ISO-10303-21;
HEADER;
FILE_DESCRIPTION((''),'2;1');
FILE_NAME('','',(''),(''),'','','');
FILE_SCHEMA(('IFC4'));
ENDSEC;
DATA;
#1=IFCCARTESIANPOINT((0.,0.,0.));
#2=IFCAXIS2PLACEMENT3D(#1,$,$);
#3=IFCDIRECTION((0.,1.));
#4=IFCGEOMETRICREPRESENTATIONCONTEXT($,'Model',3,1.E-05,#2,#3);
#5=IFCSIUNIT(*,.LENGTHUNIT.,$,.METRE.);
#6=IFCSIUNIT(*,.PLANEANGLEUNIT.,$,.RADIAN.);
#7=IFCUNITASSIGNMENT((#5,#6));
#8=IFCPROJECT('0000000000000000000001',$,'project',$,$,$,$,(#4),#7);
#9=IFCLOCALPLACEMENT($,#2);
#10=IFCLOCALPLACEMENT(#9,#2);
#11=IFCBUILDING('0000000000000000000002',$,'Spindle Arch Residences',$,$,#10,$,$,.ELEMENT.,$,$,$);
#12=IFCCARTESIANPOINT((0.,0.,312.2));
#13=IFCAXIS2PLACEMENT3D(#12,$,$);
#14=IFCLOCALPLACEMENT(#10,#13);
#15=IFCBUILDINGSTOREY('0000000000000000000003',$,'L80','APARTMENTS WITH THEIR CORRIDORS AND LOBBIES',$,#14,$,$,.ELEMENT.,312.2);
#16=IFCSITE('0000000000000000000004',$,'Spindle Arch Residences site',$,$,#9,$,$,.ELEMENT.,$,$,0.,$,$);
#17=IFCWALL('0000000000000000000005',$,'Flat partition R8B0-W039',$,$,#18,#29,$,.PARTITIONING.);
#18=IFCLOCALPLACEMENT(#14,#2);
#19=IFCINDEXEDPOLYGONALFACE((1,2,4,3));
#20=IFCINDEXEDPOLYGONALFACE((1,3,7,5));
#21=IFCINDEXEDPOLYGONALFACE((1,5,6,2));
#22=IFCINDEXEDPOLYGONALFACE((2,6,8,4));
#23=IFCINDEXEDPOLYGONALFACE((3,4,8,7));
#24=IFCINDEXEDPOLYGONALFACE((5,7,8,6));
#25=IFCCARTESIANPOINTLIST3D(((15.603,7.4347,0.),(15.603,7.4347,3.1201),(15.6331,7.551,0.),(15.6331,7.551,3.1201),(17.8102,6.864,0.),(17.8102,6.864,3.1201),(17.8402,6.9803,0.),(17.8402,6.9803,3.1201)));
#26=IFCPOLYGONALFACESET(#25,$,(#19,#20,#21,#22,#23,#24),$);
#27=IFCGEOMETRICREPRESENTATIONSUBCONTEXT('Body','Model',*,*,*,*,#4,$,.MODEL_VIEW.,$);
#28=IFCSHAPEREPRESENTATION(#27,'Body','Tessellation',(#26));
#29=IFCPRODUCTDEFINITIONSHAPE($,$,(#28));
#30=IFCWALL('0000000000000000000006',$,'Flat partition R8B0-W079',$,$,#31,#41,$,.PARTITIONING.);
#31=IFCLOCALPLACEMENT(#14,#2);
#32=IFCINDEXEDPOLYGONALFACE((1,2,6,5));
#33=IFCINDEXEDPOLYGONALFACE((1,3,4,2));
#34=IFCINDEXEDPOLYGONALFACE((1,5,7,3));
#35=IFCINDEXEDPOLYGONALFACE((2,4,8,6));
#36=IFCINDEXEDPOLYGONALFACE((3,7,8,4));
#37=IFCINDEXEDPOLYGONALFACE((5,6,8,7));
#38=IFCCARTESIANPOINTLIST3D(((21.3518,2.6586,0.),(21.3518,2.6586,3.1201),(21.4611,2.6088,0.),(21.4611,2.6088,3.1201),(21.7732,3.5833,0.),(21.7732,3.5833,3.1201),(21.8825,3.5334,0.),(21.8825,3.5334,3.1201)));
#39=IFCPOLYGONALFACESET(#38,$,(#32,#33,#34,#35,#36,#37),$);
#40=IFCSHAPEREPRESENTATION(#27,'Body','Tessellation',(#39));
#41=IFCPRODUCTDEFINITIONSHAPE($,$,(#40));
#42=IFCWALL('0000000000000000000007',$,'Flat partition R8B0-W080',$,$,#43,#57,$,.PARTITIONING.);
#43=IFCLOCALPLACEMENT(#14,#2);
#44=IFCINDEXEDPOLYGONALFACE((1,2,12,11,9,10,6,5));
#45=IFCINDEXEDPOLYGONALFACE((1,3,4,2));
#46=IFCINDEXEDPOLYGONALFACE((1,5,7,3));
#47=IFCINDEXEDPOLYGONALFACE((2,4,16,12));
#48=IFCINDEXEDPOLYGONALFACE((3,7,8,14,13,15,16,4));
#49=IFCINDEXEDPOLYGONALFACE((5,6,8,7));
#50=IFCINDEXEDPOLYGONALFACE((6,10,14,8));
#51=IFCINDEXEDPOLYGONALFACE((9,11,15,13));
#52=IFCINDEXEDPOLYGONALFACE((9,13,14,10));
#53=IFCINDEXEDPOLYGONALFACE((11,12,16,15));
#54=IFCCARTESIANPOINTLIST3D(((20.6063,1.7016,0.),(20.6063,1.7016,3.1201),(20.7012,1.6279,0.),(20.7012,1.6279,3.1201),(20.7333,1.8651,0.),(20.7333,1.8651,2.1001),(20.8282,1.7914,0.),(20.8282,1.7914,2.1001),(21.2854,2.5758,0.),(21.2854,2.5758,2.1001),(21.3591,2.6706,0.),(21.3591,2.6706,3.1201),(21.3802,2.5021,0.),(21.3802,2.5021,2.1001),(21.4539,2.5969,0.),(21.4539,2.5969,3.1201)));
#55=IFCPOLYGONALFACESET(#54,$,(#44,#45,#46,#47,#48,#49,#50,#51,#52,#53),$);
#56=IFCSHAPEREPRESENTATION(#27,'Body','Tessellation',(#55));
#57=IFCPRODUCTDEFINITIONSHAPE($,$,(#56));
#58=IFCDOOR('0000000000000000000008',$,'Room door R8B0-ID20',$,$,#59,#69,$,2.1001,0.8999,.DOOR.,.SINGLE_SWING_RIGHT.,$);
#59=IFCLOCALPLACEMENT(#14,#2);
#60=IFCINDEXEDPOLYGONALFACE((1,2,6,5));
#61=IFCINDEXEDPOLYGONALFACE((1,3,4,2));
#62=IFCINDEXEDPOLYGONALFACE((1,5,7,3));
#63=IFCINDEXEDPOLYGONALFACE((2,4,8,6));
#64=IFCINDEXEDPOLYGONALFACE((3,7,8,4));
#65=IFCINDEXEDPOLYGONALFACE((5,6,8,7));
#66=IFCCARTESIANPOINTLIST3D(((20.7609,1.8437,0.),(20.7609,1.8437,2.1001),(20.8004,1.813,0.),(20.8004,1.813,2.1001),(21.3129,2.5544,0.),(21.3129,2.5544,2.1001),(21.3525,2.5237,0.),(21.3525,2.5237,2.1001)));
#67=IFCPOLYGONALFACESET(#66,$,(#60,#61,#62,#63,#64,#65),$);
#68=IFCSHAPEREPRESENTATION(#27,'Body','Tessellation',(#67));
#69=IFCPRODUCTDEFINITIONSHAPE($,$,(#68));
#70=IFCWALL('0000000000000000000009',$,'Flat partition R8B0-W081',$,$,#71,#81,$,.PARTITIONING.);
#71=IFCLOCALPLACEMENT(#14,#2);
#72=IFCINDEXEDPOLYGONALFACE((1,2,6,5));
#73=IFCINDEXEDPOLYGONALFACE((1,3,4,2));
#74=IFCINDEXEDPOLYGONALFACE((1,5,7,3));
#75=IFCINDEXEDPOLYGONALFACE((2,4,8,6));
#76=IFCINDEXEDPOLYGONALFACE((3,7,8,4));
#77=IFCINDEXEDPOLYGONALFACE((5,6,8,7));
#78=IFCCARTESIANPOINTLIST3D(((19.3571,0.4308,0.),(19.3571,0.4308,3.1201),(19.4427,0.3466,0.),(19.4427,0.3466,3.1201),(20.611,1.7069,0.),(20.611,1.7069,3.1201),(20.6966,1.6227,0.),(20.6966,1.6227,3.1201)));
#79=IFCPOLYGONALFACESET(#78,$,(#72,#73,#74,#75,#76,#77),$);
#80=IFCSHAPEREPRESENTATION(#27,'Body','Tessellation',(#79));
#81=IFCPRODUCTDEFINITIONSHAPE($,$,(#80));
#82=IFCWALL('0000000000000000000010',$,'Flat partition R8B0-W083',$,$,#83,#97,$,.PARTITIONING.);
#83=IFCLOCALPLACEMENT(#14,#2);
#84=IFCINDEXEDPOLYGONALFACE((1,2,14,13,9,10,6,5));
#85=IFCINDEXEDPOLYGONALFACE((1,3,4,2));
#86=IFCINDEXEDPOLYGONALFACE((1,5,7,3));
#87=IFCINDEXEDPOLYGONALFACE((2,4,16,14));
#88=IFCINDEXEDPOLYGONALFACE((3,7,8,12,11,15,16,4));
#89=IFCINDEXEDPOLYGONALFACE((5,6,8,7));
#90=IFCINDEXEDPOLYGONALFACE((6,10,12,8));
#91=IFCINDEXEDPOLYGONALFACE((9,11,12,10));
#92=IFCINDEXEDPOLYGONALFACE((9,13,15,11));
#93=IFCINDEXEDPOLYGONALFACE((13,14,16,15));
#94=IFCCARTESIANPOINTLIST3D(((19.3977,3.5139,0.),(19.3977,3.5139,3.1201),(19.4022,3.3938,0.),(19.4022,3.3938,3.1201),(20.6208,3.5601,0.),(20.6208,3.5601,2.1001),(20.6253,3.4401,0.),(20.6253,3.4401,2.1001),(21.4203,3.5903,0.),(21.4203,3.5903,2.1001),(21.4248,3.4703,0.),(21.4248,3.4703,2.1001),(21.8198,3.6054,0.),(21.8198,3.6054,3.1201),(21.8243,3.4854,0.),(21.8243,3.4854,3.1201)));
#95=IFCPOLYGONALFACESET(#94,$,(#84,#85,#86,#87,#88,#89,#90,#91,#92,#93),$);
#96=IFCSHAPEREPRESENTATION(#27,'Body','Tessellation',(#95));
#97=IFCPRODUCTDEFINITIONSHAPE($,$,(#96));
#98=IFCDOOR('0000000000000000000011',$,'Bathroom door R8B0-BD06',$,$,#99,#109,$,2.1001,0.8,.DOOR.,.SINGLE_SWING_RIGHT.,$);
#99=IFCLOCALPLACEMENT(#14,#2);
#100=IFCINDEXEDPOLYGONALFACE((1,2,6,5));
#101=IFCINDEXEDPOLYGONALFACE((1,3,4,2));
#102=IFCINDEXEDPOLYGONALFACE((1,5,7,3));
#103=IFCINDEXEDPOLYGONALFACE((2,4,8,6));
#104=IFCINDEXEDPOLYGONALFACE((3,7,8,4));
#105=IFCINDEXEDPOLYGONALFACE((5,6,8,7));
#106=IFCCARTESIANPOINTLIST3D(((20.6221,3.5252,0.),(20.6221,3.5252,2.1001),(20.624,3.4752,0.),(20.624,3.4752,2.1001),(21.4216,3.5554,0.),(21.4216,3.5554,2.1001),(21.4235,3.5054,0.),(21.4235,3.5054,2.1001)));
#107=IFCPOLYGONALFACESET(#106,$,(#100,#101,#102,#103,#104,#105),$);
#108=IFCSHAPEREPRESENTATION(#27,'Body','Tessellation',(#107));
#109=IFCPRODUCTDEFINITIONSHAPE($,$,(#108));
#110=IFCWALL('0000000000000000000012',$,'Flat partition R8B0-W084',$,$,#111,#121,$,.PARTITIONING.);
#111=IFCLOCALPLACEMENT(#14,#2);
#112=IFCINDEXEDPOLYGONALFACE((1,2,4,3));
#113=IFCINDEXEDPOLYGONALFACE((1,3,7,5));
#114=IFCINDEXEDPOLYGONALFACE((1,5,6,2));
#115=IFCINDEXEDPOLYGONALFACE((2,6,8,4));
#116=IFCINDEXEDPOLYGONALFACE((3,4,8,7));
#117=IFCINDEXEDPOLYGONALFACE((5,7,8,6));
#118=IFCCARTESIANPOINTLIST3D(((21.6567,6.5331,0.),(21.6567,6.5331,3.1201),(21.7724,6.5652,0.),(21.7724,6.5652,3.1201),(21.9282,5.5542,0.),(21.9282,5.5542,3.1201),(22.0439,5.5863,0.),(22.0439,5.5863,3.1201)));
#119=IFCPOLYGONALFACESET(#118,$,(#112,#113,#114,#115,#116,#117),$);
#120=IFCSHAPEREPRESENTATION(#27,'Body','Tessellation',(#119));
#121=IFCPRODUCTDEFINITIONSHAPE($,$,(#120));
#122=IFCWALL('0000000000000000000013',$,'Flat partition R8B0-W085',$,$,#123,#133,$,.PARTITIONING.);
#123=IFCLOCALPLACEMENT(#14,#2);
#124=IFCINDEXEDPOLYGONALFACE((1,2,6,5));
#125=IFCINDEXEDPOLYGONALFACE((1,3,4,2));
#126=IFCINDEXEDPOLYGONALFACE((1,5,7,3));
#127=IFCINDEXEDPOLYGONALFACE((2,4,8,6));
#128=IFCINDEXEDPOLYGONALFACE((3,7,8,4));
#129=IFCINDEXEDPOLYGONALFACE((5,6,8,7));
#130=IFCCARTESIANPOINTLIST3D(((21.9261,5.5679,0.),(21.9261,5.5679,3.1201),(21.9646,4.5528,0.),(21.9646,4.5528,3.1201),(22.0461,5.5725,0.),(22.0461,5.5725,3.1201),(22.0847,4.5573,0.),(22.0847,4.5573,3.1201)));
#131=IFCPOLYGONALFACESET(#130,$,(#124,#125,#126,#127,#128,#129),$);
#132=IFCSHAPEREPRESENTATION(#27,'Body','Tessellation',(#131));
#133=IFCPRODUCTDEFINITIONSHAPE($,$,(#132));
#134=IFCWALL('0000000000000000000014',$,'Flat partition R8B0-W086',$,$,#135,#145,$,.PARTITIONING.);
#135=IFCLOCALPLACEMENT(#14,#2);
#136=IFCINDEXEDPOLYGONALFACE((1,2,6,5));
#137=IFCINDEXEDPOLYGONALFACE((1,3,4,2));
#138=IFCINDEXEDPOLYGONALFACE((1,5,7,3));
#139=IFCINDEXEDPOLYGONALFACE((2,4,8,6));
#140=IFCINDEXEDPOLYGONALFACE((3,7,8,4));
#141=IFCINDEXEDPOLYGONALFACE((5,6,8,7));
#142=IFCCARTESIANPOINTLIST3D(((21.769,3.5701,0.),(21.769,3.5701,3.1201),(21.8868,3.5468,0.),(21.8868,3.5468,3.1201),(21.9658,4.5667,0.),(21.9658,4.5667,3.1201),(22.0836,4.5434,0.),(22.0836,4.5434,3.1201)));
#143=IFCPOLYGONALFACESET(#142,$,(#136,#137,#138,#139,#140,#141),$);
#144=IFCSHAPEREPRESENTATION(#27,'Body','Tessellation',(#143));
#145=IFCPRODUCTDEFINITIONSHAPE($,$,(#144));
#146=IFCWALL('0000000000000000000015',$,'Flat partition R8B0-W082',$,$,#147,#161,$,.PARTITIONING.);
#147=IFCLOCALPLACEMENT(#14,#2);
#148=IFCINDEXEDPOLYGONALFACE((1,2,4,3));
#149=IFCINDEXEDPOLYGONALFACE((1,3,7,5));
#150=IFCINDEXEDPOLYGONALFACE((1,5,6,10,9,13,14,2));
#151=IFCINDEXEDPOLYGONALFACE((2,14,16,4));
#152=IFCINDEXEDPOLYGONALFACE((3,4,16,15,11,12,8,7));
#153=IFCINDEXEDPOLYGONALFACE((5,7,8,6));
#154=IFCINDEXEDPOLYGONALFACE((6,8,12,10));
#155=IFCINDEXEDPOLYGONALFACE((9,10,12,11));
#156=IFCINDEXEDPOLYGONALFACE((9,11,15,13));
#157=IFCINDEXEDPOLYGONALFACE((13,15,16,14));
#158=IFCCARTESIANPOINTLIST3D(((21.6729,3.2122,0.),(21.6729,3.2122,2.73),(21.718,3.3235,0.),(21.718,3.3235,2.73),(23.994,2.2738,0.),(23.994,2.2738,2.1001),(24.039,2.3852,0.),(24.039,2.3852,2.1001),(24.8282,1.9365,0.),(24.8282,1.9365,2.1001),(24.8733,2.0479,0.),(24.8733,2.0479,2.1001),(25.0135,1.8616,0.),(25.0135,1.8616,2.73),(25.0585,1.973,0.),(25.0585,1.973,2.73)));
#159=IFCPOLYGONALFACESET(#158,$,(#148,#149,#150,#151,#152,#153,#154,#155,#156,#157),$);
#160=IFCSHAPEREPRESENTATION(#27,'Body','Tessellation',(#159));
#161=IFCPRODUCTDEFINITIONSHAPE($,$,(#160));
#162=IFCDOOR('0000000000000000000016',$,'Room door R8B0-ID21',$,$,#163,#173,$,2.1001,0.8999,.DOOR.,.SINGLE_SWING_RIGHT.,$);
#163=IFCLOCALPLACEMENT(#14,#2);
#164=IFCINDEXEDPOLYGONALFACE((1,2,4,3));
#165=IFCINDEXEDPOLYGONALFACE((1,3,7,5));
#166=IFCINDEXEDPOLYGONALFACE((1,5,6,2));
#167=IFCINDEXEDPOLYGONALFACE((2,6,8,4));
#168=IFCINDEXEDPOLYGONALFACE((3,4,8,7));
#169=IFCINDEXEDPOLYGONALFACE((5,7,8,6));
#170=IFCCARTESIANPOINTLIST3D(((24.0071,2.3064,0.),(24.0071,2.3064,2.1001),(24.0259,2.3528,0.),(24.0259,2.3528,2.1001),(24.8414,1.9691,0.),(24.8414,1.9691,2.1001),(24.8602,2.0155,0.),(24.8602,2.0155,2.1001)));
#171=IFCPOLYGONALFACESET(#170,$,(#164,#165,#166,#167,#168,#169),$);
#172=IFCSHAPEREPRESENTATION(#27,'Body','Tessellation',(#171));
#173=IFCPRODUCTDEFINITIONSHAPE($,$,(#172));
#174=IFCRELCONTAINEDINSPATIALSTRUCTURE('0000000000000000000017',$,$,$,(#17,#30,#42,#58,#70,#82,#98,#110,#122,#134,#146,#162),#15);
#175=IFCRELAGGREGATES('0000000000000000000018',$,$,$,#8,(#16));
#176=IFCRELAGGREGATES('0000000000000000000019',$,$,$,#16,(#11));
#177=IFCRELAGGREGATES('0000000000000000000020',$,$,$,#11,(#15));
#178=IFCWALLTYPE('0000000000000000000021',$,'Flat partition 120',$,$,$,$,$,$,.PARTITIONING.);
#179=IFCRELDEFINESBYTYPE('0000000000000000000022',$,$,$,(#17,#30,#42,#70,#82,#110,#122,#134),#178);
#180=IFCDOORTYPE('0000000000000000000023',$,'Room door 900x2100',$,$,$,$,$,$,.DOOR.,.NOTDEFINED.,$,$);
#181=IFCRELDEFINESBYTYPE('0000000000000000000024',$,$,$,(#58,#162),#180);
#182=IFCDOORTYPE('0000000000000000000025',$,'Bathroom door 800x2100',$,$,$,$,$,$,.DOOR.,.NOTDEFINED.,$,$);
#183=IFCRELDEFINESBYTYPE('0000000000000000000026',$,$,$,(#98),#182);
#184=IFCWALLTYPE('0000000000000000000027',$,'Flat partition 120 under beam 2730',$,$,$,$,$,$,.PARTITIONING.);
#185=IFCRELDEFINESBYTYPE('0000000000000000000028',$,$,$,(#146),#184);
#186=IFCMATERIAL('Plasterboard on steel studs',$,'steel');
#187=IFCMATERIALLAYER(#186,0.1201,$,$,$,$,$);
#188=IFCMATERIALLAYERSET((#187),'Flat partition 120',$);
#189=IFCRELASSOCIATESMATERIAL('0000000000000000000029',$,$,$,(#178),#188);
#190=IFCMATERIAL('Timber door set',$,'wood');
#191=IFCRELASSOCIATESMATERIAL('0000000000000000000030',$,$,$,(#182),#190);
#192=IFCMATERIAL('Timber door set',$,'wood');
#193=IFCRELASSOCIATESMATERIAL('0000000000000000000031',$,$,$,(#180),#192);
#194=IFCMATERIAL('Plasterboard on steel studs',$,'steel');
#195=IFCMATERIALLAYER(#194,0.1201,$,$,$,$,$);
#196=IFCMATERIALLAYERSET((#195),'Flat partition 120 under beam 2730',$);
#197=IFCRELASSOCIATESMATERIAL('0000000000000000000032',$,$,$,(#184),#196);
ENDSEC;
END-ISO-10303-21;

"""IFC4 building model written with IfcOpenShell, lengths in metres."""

from ifc_helpers import new_model, si_unit, direction, frame, frame_2d, origin, place, context, subcontext, project, spatial, rectangle, extrude, material, layer, layer_set, type_object, element, fill, save


model = new_model("IFC4")

# Units and contexts
model_context = context("Model", 3, precision=1e-05, world=origin(), true_north=direction((0.0, 1.0)))
body_context = subcontext(model_context, "Body", "Model", "MODEL_VIEW")
ifc_project = project(units=[si_unit("LENGTHUNIT", "METRE"), si_unit("PLANEANGLEUNIT", "RADIAN")], contexts=[model_context])

# Site, building, storey
site_placement = place(None, origin())
site = spatial("IfcSite", under=ifc_project, at=site_placement, Name="Spindle Arch Residences site", CompositionType="ELEMENT", RefElevation=0.0)
building_placement = place(site_placement, origin())
building = spatial("IfcBuilding", under=site, at=building_placement, Name="Spindle Arch Residences", CompositionType="ELEMENT")
storey_placement = place(building_placement, frame((0.0, 0.0, 312.2)))
storey = spatial("IfcBuildingStorey", under=building, at=storey_placement, Name="L80", Description="APARTMENTS WITH THEIR CORRIDORS AND LOBBIES", CompositionType="ELEMENT", Elevation=312.2)

# Shared definitions
ifc_material_1 = material(Name="Plasterboard on steel studs", Category="steel")
ifc_layer_1 = layer(ifc_material_1, 0.1201)
ifc_layer_set_1 = layer_set([ifc_layer_1], Name="Flat partition 120")
wall_type_1 = type_object("IfcWallType", Name="Flat partition 120", PredefinedType="PARTITIONING", material=ifc_layer_set_1)
ifc_material_2 = material(Name="Timber door set", Category="wood")
door_type_1 = type_object("IfcDoorType", Name="Bathroom door 800x2100", OperationType="NOTDEFINED", PredefinedType="DOOR", material=ifc_material_2)

# Walls
wall_1_placement = place(storey_placement, frame((17.8252, 6.9221, 0.0), z_axis=(0.0, 0.0, 1.0), x_axis=(-0.968152, 0.250364, 0.0)))
element("IfcWall", 1, at=wall_1_placement, inside=storey, type_object=wall_type_1, Name="Flat partition R8B0-W039", PredefinedType="PARTITIONING", context=body_context, shape_type="SweptSolid", body=[
    extrude(rectangle(XDim=2.2798, YDim=0.1201, at=frame_2d((1.1399, 0.0))), origin(), (0.0, 0.0, 1.0), 3.1201),
])
wall_2_placement = place(storey_placement, frame((21.8279, 3.5583, 0.0), z_axis=(0.0, 0.0, 1.0), x_axis=(-0.414726, -0.909946, 0.0)))
element("IfcWall", 2, at=wall_2_placement, inside=storey, type_object=wall_type_1, Name="Flat partition R8B0-W079", PredefinedType="PARTITIONING", context=body_context, shape_type="SweptSolid", body=[
    extrude(rectangle(XDim=1.0161, YDim=0.1201, at=frame_2d((0.5081, 0.0))), origin(), (0.0, 0.0, 1.0), 3.1201),
])

# Wall, opening, door
wall_3_placement = place(storey_placement, frame((21.4065, 2.6338, 0.0), z_axis=(0.0, 0.0, 1.0), x_axis=(-0.613445, -0.789738, 0.0)))
wall_3 = element("IfcWall", 3, at=wall_3_placement, inside=storey, type_object=wall_type_1, Name="Flat partition R8B0-W080", PredefinedType="PARTITIONING", context=body_context, shape_type="SweptSolid", body=[
    extrude(rectangle(XDim=1.2271, YDim=0.1201, at=frame_2d((0.6135, 0.0))), origin(), (0.0, 0.0, 1.0), 3.1201),
])
opening_1_placement = place(wall_3_placement, frame((0.1201, 0.0, 0.0)))
opening_1 = element("IfcOpeningElement", 4, at=opening_1_placement, cuts=wall_3, PredefinedType="OPENING", context=body_context, shape_type="SweptSolid", body=[
    extrude(rectangle(XDim=0.8999, YDim=2.1001, at=frame_2d((0.45, 1.05))), frame((0.0, 0.0701, 0.0), z_axis=(0.0, -1.0, 0.0), x_axis=(1.0, 0.0, 0.0)), (0.0, 0.0, 1.0), 0.1401),
])
ifc_material_3 = material(Name="Timber door set", Category="wood")
door_type_2 = type_object("IfcDoorType", Name="Room door 900x2100", OperationType="NOTDEFINED", PredefinedType="DOOR", material=ifc_material_3)
door_1_placement = place(opening_1_placement, origin())
door_1 = element("IfcDoor", 5, at=door_1_placement, inside=storey, type_object=door_type_2, Name="Room door R8B0-ID20", OperationType="SINGLE_SWING_RIGHT", OverallHeight=2.1001, OverallWidth=0.8999, PredefinedType="DOOR", context=body_context, shape_type="SweptSolid", body=[
    extrude(rectangle(XDim=0.8999, YDim=2.1001, at=frame_2d((0.45, 1.05))), frame((0.0, 0.0249, 0.0), z_axis=(0.0, -1.0, 0.0), x_axis=(1.0, 0.0, 0.0)), (0.0, 0.0, 1.0), 0.05),
])
fill(opening_1, door_1)

# Wall
wall_4_placement = place(storey_placement, frame((20.6538, 1.6648, 0.0), z_axis=(0.0, 0.0, 1.0), x_axis=(-0.70087, -0.713289, 0.0)))
element("IfcWall", 6, at=wall_4_placement, inside=storey, type_object=wall_type_1, Name="Flat partition R8B0-W081", PredefinedType="PARTITIONING", context=body_context, shape_type="SweptSolid", body=[
    extrude(rectangle(XDim=1.7891, YDim=0.1201, at=frame_2d((0.8945, 0.0))), origin(), (0.0, 0.0, 1.0), 3.1201),
])

# Wall, opening, door
wall_5_placement = place(storey_placement, frame((21.822, 3.5454, 0.0), z_axis=(0.0, 0.0, 1.0), x_axis=(-0.999286, -0.037772, 0.0)))
wall_5 = element("IfcWall", 7, at=wall_5_placement, inside=storey, type_object=wall_type_1, Name="Flat partition R8B0-W083", PredefinedType="PARTITIONING", context=body_context, shape_type="SweptSolid", body=[
    extrude(rectangle(XDim=2.4238, YDim=0.1201, at=frame_2d((1.2119, 0.0))), origin(), (0.0, 0.0, 1.0), 3.1201),
])
opening_2_placement = place(wall_5_placement, frame((0.3999, 0.0, 0.0)))
opening_2 = element("IfcOpeningElement", 8, at=opening_2_placement, cuts=wall_5, PredefinedType="OPENING", context=body_context, shape_type="SweptSolid", body=[
    extrude(rectangle(XDim=0.8, YDim=2.1001, at=frame_2d((0.3999, 1.05))), frame((0.0, 0.0701, 0.0), z_axis=(0.0, -1.0, 0.0), x_axis=(1.0, 0.0, 0.0)), (0.0, 0.0, 1.0), 0.1401),
])
door_2_placement = place(opening_2_placement, origin())
door_2 = element("IfcDoor", 9, at=door_2_placement, inside=storey, type_object=door_type_1, Name="Bathroom door R8B0-BD06", OperationType="SINGLE_SWING_RIGHT", OverallHeight=2.1001, OverallWidth=0.8, PredefinedType="DOOR", context=body_context, shape_type="SweptSolid", body=[
    extrude(rectangle(XDim=0.8, YDim=2.1001, at=frame_2d((0.3999, 1.05))), frame((0.0, 0.0249, 0.0), z_axis=(0.0, -1.0, 0.0), x_axis=(1.0, 0.0, 0.0)), (0.0, 0.0, 1.0), 0.05),
])
fill(opening_2, door_2)

# Walls
for number, where, z_axis, x_axis, name in (
    (10, (21.7146, 6.5491, 0.0), (0.0, 0.0, 1.0), (0.267222, -0.963635, 0.0), "Flat partition R8B0-W084"),
    (11, (21.9861, 5.5701, 0.0), (0.0, 0.0, 1.0), (0.037972, -0.999279, 0.0), "Flat partition R8B0-W085"),
    (12, (22.0247, 4.5549, 0.0), (0.0, 0.0, 1.0), (-0.193712, -0.981058, 0.0), "Flat partition R8B0-W086"),
):
    element("IfcWall", number, at=place(storey_placement, frame(where, z_axis=z_axis, x_axis=x_axis)), inside=storey, type_object=wall_type_1, Name=name, PredefinedType="PARTITIONING", context=body_context, shape_type="SweptSolid", body=[
        extrude(rectangle(XDim=1.0159, YDim=0.1201, at=frame_2d((0.5078, 0.0))), origin(), (0.0, 0.0, 1.0), 3.1201),
    ])

# Wall, opening, door
ifc_material_4 = material(Name="Plasterboard on steel studs", Category="steel")
ifc_layer_2 = layer(ifc_material_4, 0.1201)
ifc_layer_set_2 = layer_set([ifc_layer_2], Name="Flat partition 120 under beam 2730")
wall_type_2 = type_object("IfcWallType", Name="Flat partition 120 under beam 2730", PredefinedType="PARTITIONING", material=ifc_layer_set_2)
wall_6_placement = place(storey_placement, frame((25.0361, 1.9172, 0.0), z_axis=(0.0, 0.0, 1.0), x_axis=(-0.927097, 0.374823, 0.0)))
wall_6 = element("IfcWall", 13, at=wall_6_placement, inside=storey, type_object=wall_type_2, Name="Flat partition R8B0-W082", PredefinedType="PARTITIONING", context=body_context, shape_type="SweptSolid", body=[
    extrude(rectangle(XDim=3.6033, YDim=0.1201, at=frame_2d((1.8018, 0.0))), origin(), (0.0, 0.0, 1.0), 2.73),
])
opening_3_placement = place(wall_6_placement, frame((0.2, 0.0, 0.0)))
opening_3 = element("IfcOpeningElement", 14, at=opening_3_placement, cuts=wall_6, PredefinedType="OPENING", context=body_context, shape_type="SweptSolid", body=[
    extrude(rectangle(XDim=0.8999, YDim=2.1001, at=frame_2d((0.45, 1.05))), frame((0.0, 0.0701, 0.0), z_axis=(0.0, -1.0, 0.0), x_axis=(1.0, 0.0, 0.0)), (0.0, 0.0, 1.0), 0.1401),
])
door_3_placement = place(opening_3_placement, origin())
door_3 = element("IfcDoor", 15, at=door_3_placement, inside=storey, type_object=door_type_2, Name="Room door R8B0-ID21", OperationType="SINGLE_SWING_RIGHT", OverallHeight=2.1001, OverallWidth=0.8999, PredefinedType="DOOR", context=body_context, shape_type="SweptSolid", body=[
    extrude(rectangle(XDim=0.8999, YDim=2.1001, at=frame_2d((0.45, 1.05))), frame((0.0, 0.0249, 0.0), z_axis=(0.0, -1.0, 0.0), x_axis=(1.0, 0.0, 0.0)), (0.0, 0.0, 1.0), 0.05),
])
fill(opening_3, door_3)

save(model, "model.ifc")
